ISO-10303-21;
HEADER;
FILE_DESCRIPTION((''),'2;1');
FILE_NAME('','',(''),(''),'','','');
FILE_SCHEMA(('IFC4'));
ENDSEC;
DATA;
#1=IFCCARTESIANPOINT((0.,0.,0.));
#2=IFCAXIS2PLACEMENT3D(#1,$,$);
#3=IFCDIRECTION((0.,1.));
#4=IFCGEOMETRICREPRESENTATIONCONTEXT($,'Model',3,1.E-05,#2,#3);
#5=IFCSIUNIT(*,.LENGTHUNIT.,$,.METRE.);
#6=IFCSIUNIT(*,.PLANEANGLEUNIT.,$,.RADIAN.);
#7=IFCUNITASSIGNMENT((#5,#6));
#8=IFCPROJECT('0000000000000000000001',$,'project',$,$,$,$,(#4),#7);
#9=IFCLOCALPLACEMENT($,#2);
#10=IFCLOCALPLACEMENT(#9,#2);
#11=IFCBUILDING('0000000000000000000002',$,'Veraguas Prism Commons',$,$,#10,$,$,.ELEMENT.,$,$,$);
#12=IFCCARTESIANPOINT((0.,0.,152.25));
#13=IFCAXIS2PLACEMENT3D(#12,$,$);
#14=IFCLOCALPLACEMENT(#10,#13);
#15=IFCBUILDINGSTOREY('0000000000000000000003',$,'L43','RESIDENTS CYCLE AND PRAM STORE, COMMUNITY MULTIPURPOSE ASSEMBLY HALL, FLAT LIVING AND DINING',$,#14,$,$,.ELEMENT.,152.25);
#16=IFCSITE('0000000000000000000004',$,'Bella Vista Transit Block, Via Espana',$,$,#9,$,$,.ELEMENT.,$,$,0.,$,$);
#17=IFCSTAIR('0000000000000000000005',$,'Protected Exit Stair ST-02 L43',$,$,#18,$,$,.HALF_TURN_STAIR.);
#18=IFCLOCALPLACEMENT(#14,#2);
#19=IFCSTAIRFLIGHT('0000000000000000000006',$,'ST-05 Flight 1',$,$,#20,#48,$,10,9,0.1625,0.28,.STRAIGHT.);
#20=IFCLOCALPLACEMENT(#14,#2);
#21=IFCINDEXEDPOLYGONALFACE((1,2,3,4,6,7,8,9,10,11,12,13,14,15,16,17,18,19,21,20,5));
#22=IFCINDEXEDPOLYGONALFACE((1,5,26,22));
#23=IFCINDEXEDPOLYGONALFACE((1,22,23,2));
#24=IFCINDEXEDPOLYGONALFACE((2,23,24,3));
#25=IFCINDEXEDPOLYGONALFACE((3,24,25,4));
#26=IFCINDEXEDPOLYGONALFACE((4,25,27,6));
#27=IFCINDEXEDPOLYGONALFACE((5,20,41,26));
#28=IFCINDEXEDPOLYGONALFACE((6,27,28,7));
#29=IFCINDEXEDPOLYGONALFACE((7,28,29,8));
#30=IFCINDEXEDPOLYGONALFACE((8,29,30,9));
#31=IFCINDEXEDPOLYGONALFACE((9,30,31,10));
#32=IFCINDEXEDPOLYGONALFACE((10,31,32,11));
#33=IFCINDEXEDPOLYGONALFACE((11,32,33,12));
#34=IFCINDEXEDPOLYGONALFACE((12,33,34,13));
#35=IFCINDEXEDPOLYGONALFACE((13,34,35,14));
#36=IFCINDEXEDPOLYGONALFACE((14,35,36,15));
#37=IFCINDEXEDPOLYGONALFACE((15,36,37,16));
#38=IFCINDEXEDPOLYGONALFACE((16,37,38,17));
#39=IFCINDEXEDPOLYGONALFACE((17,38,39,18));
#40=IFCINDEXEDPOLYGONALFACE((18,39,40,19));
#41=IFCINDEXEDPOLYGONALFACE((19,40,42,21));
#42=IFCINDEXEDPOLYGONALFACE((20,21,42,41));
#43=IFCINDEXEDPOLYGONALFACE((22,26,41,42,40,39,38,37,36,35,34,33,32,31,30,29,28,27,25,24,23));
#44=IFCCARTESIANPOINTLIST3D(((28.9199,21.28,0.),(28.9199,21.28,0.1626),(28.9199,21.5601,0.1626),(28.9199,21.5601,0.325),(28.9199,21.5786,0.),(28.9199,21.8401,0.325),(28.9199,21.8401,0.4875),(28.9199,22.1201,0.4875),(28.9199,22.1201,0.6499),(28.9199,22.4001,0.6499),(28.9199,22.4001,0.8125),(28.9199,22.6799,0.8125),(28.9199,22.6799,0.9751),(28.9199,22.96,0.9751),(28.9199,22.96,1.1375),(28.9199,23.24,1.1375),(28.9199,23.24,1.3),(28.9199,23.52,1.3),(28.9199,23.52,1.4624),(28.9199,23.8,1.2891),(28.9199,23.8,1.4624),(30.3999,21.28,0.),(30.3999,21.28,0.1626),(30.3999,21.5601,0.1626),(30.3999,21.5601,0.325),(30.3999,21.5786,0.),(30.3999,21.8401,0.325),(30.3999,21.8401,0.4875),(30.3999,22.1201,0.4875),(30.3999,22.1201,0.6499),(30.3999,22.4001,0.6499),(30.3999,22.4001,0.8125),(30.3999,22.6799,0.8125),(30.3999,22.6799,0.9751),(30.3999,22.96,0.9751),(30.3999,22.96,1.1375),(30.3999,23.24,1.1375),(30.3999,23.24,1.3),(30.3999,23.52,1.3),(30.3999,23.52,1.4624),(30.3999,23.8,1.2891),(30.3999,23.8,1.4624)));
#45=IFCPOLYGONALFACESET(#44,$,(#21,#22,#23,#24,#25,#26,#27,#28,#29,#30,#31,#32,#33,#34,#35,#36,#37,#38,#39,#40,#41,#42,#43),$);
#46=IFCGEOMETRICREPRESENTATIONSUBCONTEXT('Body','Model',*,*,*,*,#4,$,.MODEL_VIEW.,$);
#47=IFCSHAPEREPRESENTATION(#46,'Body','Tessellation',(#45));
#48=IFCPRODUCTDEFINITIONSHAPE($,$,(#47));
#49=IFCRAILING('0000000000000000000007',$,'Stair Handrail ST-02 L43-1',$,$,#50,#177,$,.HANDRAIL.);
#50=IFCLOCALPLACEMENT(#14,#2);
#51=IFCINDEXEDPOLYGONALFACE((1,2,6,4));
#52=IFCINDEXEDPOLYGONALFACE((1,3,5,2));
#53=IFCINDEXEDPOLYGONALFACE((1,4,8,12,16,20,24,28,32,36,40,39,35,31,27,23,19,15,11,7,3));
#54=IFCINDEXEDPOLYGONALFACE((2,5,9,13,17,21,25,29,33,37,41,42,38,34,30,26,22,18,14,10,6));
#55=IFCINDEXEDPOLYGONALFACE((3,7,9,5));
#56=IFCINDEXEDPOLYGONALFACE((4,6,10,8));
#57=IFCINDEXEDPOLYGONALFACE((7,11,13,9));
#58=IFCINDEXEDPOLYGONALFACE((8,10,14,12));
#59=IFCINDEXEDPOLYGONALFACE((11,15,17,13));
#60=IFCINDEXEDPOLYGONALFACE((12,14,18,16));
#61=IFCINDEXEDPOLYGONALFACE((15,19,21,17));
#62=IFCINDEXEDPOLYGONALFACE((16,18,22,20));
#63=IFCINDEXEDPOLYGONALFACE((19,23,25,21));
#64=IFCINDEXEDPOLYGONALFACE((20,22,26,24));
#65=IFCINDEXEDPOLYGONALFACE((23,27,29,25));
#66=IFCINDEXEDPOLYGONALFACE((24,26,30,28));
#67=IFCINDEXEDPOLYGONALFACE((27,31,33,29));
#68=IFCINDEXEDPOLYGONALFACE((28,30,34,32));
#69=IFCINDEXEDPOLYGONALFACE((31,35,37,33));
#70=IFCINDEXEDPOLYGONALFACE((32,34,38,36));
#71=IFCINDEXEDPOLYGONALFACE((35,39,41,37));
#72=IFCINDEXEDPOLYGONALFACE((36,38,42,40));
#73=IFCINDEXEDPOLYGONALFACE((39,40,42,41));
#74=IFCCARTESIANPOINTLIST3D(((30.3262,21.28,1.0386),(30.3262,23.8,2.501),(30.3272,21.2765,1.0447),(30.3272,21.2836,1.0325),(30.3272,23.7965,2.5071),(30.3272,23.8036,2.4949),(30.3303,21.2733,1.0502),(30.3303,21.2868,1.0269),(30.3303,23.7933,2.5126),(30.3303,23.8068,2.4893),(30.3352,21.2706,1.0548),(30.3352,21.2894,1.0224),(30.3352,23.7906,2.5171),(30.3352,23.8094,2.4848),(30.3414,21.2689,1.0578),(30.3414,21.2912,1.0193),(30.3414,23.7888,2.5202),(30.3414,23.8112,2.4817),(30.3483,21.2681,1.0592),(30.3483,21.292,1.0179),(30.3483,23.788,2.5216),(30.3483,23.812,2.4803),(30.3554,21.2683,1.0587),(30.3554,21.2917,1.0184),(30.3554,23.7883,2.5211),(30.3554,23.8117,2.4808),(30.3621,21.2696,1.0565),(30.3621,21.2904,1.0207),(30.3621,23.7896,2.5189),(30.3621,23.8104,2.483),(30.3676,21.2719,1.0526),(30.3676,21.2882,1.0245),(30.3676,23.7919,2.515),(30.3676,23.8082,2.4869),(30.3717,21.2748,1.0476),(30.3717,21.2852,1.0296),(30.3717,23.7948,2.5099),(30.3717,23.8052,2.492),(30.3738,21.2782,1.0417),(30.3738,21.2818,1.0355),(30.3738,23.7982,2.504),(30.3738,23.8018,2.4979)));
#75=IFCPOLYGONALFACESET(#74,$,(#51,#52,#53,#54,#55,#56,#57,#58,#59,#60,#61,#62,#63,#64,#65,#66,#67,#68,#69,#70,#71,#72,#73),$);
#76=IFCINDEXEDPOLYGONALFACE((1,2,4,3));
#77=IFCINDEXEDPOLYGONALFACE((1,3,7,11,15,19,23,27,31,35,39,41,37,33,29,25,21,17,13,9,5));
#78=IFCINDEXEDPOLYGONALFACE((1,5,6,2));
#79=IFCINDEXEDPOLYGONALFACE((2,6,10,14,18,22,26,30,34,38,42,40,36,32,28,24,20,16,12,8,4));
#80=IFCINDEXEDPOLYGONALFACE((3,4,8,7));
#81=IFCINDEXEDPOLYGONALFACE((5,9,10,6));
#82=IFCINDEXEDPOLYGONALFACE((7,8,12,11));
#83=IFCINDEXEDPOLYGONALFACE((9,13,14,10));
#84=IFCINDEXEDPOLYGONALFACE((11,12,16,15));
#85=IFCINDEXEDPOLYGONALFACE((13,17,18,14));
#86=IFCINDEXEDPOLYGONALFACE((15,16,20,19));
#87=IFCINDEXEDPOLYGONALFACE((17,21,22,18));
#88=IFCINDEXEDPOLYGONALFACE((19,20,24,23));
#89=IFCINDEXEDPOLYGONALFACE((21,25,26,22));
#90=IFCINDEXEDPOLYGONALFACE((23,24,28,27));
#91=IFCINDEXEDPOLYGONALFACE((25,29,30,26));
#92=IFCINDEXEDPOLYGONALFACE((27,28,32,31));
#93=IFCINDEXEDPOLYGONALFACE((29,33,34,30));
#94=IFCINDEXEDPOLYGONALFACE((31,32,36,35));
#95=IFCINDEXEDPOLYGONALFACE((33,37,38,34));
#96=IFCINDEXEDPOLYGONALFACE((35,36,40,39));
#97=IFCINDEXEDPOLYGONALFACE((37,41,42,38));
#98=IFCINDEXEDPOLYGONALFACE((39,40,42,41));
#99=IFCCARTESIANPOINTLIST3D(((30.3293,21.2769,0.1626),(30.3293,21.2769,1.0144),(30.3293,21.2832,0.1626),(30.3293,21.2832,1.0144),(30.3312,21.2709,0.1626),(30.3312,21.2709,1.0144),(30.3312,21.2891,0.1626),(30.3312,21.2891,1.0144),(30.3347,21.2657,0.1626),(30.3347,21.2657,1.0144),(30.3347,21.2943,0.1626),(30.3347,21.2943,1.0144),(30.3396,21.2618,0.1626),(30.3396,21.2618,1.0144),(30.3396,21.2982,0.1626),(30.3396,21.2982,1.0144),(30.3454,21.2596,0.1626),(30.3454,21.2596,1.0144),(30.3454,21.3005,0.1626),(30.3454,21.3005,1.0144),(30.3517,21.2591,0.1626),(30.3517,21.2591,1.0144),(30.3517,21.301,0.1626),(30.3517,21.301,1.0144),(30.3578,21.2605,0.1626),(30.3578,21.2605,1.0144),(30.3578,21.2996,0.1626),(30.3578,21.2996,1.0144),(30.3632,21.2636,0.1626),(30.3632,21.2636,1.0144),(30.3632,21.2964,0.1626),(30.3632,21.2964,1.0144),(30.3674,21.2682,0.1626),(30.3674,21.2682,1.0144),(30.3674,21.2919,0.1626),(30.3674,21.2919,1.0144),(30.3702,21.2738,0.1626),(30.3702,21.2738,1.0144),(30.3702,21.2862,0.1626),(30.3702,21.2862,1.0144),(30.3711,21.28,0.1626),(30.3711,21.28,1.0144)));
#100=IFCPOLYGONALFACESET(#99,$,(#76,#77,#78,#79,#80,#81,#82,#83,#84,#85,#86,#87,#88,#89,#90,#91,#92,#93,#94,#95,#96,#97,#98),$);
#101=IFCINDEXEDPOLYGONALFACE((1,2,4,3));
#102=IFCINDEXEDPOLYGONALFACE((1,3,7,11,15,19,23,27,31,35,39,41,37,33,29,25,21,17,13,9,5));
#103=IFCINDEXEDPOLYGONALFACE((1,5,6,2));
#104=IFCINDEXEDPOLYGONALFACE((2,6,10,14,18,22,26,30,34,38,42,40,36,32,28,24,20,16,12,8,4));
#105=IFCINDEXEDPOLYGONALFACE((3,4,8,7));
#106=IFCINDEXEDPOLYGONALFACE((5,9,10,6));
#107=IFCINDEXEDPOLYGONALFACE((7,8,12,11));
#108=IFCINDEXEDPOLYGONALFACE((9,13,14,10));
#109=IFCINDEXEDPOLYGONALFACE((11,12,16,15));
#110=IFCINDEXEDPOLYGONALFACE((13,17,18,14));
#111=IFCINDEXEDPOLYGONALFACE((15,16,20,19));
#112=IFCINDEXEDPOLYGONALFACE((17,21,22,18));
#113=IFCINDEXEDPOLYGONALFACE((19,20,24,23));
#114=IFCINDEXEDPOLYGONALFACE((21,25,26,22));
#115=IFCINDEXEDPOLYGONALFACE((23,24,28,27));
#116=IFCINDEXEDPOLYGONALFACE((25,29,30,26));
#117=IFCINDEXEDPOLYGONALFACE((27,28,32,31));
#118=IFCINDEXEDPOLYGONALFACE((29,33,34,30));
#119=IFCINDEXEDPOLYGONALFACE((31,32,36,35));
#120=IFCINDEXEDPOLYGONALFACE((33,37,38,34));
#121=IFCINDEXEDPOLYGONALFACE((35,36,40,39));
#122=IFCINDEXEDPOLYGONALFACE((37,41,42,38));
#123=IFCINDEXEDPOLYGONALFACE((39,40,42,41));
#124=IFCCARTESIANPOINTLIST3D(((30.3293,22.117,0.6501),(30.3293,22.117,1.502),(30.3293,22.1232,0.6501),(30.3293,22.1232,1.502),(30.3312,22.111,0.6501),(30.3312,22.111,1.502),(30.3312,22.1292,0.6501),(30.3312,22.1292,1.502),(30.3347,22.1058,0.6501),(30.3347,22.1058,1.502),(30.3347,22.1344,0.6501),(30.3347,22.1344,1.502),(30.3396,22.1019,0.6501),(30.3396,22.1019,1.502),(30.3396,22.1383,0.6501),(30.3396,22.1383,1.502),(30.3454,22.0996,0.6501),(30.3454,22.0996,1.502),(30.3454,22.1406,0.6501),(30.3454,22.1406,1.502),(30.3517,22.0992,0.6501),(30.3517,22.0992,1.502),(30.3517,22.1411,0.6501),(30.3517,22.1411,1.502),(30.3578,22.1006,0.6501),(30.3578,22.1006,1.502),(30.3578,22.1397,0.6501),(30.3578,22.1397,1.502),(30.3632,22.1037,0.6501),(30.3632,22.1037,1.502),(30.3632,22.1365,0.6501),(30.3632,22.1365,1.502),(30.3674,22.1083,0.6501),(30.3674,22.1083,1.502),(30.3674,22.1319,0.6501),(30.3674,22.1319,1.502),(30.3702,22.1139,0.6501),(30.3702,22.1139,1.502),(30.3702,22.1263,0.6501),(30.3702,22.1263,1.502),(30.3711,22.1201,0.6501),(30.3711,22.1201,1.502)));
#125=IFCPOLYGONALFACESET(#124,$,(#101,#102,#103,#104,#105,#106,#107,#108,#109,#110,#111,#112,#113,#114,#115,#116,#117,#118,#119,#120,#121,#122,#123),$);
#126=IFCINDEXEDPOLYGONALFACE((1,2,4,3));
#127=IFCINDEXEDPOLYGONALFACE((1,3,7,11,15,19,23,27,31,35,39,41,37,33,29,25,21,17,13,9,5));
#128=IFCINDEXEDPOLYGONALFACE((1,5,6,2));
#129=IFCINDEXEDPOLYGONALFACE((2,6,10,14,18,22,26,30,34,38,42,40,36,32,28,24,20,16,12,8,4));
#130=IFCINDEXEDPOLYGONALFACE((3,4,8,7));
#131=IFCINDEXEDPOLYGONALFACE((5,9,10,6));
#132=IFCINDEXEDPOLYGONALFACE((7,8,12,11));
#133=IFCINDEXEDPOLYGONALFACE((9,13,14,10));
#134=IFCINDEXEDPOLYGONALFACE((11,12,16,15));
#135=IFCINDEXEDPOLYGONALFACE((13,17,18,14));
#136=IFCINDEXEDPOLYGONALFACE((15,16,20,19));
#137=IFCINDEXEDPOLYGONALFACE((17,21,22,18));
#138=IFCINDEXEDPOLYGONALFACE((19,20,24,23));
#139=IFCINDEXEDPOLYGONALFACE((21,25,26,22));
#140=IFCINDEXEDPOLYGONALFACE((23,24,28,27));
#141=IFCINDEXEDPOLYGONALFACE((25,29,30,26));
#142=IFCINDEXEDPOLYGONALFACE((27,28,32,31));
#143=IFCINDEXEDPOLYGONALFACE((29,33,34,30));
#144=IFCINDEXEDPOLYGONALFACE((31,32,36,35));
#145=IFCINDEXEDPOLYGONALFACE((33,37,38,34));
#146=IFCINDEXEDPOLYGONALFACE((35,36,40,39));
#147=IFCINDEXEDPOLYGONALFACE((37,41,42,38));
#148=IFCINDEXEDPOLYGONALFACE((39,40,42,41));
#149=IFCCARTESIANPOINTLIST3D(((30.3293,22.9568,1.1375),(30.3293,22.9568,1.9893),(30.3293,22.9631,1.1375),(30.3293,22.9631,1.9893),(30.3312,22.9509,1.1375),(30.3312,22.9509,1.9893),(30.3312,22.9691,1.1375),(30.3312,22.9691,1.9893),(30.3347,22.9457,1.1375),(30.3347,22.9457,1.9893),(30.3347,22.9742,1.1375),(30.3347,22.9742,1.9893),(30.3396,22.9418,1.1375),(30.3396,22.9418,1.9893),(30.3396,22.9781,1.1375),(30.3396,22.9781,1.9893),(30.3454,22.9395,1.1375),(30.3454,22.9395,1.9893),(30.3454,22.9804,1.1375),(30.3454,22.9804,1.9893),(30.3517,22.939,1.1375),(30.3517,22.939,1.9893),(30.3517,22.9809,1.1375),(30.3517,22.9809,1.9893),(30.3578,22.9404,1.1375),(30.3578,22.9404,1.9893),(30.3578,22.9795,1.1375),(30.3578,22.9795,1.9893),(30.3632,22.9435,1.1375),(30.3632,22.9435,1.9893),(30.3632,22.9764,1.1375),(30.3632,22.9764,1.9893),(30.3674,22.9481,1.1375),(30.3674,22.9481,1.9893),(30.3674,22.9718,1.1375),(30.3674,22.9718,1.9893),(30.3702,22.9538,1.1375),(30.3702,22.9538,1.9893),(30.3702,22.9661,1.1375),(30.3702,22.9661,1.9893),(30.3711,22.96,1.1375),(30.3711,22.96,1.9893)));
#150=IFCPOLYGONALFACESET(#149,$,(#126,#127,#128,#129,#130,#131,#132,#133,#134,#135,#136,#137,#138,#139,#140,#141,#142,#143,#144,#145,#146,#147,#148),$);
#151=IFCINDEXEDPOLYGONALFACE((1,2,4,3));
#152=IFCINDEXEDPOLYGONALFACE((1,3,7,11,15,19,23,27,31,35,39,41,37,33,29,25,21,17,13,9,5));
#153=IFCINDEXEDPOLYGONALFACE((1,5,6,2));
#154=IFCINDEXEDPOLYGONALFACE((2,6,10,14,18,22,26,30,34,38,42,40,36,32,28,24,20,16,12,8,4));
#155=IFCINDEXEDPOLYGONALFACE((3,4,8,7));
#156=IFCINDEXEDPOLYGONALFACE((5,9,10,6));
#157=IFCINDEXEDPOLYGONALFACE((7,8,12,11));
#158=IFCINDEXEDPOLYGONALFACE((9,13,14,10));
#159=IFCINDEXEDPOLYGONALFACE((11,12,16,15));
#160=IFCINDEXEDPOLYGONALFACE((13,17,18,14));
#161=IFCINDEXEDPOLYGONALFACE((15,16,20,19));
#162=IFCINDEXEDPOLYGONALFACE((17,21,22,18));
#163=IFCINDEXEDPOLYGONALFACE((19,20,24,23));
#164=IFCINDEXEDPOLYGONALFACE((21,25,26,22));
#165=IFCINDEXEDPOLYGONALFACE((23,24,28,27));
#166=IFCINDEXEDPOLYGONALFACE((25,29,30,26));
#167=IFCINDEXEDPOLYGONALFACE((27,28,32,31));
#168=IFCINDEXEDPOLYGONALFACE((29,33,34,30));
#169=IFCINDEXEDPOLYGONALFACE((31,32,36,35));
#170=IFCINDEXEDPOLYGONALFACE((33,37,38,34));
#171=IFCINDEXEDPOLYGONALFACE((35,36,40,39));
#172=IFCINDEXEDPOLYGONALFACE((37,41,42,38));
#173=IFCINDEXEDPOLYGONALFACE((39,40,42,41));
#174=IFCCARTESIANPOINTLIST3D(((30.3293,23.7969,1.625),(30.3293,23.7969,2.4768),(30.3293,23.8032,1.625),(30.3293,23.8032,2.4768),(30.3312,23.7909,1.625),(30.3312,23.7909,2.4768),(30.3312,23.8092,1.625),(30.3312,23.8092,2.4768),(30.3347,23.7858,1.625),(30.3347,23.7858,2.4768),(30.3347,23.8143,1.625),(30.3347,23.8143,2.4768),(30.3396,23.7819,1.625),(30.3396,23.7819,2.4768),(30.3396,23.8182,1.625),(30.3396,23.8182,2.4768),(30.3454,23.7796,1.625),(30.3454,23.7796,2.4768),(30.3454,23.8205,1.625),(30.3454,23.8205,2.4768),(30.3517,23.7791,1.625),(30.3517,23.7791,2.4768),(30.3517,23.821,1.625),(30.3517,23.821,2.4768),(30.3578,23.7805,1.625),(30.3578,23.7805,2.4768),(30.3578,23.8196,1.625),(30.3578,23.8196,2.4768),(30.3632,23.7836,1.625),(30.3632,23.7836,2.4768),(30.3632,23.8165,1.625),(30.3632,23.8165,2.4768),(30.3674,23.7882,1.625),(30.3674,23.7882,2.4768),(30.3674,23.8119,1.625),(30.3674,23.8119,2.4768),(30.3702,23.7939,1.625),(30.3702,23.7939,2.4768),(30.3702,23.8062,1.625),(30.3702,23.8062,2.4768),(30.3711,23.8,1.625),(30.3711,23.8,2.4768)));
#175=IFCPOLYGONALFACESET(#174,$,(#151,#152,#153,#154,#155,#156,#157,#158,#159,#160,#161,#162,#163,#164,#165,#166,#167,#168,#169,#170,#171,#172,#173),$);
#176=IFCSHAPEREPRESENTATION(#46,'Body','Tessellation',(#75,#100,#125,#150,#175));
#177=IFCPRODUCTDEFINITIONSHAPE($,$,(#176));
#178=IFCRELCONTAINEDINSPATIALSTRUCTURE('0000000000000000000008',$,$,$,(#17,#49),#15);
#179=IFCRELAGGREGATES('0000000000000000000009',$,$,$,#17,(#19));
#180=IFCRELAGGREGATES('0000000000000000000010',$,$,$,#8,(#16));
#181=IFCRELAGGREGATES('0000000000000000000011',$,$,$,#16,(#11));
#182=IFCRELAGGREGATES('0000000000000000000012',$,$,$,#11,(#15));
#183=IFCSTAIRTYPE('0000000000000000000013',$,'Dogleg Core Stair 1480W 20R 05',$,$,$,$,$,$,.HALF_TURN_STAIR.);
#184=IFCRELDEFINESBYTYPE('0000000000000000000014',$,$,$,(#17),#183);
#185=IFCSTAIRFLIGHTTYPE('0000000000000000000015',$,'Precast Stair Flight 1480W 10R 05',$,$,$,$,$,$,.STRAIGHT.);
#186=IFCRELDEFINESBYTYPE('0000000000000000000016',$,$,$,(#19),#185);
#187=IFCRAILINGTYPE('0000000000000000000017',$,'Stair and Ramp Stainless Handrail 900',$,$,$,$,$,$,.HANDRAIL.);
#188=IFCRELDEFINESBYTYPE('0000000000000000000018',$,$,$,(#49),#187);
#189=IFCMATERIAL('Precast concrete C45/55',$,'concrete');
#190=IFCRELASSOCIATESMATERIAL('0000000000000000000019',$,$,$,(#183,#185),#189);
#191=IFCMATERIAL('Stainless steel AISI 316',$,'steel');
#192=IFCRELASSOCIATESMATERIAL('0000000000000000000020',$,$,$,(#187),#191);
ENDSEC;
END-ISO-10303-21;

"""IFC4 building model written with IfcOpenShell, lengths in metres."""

from ifc_helpers import new_model, si_unit, direction, frame, origin, origin_2d, place, context, subcontext, project, spatial, polyline, circle, outline, extrude, material, type_object, element, aggregate, save


model = new_model("IFC4")

# Units and contexts
model_context = context("Model", 3, precision=1e-05, world=origin(), true_north=direction((0.0, 1.0)))
body_context = subcontext(model_context, "Body", "Model", "MODEL_VIEW")
ifc_project = project(units=[si_unit("LENGTHUNIT", "METRE"), si_unit("PLANEANGLEUNIT", "RADIAN")], contexts=[model_context])

# Site, building, storey
site_placement = place(None, origin())
site = spatial("IfcSite", under=ifc_project, at=site_placement, Name="Bella Vista Transit Block, Via Espana", CompositionType="ELEMENT", RefElevation=0.0)
building_placement = place(site_placement, origin())
building = spatial("IfcBuilding", under=site, at=building_placement, Name="Veraguas Prism Commons", CompositionType="ELEMENT")
storey_placement = place(building_placement, frame((0.0, 0.0, 152.25)))
storey = spatial("IfcBuildingStorey", under=building, at=storey_placement, Name="L43", Description="RESIDENTS CYCLE AND PRAM STORE, COMMUNITY MULTIPURPOSE ASSEMBLY HALL, FLAT LIVING AND DINING", CompositionType="ELEMENT", Elevation=152.25)

# Shared definitions
ifc_material_1 = material(Name="Stainless steel AISI 316", Category="steel")

# Stair, stair flight
ifc_material_2 = material(Name="Precast concrete C45/55", Category="concrete")
stair_type = type_object("IfcStairType", Name="Dogleg Core Stair 1480W 20R 05", PredefinedType="HALF_TURN_STAIR", material=ifc_material_2)
stair_placement = place(storey_placement, origin())
stair = element("IfcStair", 1, at=stair_placement, inside=storey, type_object=stair_type, Name="Protected Exit Stair ST-02 L43", PredefinedType="HALF_TURN_STAIR")
stair_flight_type = type_object("IfcStairFlightType", Name="Precast Stair Flight 1480W 10R 05", PredefinedType="STRAIGHT", material=ifc_material_2)
stair_flight_placement = place(storey_placement, frame((29.6599, 21.28, 0.0), z_axis=(0.0, 0.0, 1.0), x_axis=(0.0, 1.0, 0.0)))
stair_flight = element("IfcStairFlight", 2, at=stair_flight_placement, type_object=stair_flight_type, Name="ST-05 Flight 1", NumberOfRisers=10, NumberOfTreads=9, PredefinedType="STRAIGHT", RiserHeight=0.1625, TreadLength=0.28, context=body_context, shape_type="SweptSolid", body=[
    extrude(outline(polyline([(0.0, 0.0), (0.0, 0.1626), (0.28, 0.1626), (0.28, 0.325), (0.5601, 0.325), (0.5601, 0.4875), (0.8401, 0.4875), (0.8401, 0.6499), (1.1201, 0.6499), (1.1201, 0.8125), (1.3999, 0.8125), (1.3999, 0.9751), (1.6799, 0.9751), (1.6799, 1.1375), (1.96, 1.1375), (1.96, 1.3), (2.24, 1.3), (2.24, 1.4624), (2.52, 1.4624), (2.52, 1.625), (2.52, 1.2891), (0.2986, 0.0), (0.0, 0.0)])), frame((0.0, 0.74, 0.0), z_axis=(0.0, -1.0, 0.0), x_axis=(1.0, 0.0, 0.0)), (0.0, 0.0, 1.0), 1.48),
])
aggregate(stair, [stair_flight])

# Railing
railing_type_1 = type_object("IfcRailingType", Name="Stair and Ramp Stainless Handrail 900", PredefinedType="HANDRAIL", material=ifc_material_1)
railing_1_placement = place(storey_placement, frame((30.3501, 21.28, 0.1626)))
element("IfcRailing", 3, at=railing_1_placement, inside=storey, type_object=railing_type_1, Name="Stair Handrail ST-02 L43-1", PredefinedType="HANDRAIL", context=body_context, shape_type="SweptSolid", body=[
    extrude(circle(Radius=0.0239, at=origin_2d()), frame((0.0, 0.0, 0.876), z_axis=(0.0, 0.864913, 0.501921), x_axis=(-1.0, 0.0, 0.0)), (0.0, 0.0, 1.0), 2.9136),
    extrude(circle(Radius=0.021, at=origin_2d()), origin(), (0.0, 0.0, 1.0), 0.8518),
    extrude(circle(Radius=0.021, at=origin_2d()), frame((0.0, 0.8401, 0.4875)), (0.0, 0.0, 1.0), 0.8518),
    extrude(circle(Radius=0.021, at=origin_2d()), frame((0.0, 1.6799, 0.9749)), (0.0, 0.0, 1.0), 0.8518),
    extrude(circle(Radius=0.021, at=origin_2d()), frame((0.0, 2.52, 1.4624)), (0.0, 0.0, 1.0), 0.8518),
])

save(model, "model.ifc")
